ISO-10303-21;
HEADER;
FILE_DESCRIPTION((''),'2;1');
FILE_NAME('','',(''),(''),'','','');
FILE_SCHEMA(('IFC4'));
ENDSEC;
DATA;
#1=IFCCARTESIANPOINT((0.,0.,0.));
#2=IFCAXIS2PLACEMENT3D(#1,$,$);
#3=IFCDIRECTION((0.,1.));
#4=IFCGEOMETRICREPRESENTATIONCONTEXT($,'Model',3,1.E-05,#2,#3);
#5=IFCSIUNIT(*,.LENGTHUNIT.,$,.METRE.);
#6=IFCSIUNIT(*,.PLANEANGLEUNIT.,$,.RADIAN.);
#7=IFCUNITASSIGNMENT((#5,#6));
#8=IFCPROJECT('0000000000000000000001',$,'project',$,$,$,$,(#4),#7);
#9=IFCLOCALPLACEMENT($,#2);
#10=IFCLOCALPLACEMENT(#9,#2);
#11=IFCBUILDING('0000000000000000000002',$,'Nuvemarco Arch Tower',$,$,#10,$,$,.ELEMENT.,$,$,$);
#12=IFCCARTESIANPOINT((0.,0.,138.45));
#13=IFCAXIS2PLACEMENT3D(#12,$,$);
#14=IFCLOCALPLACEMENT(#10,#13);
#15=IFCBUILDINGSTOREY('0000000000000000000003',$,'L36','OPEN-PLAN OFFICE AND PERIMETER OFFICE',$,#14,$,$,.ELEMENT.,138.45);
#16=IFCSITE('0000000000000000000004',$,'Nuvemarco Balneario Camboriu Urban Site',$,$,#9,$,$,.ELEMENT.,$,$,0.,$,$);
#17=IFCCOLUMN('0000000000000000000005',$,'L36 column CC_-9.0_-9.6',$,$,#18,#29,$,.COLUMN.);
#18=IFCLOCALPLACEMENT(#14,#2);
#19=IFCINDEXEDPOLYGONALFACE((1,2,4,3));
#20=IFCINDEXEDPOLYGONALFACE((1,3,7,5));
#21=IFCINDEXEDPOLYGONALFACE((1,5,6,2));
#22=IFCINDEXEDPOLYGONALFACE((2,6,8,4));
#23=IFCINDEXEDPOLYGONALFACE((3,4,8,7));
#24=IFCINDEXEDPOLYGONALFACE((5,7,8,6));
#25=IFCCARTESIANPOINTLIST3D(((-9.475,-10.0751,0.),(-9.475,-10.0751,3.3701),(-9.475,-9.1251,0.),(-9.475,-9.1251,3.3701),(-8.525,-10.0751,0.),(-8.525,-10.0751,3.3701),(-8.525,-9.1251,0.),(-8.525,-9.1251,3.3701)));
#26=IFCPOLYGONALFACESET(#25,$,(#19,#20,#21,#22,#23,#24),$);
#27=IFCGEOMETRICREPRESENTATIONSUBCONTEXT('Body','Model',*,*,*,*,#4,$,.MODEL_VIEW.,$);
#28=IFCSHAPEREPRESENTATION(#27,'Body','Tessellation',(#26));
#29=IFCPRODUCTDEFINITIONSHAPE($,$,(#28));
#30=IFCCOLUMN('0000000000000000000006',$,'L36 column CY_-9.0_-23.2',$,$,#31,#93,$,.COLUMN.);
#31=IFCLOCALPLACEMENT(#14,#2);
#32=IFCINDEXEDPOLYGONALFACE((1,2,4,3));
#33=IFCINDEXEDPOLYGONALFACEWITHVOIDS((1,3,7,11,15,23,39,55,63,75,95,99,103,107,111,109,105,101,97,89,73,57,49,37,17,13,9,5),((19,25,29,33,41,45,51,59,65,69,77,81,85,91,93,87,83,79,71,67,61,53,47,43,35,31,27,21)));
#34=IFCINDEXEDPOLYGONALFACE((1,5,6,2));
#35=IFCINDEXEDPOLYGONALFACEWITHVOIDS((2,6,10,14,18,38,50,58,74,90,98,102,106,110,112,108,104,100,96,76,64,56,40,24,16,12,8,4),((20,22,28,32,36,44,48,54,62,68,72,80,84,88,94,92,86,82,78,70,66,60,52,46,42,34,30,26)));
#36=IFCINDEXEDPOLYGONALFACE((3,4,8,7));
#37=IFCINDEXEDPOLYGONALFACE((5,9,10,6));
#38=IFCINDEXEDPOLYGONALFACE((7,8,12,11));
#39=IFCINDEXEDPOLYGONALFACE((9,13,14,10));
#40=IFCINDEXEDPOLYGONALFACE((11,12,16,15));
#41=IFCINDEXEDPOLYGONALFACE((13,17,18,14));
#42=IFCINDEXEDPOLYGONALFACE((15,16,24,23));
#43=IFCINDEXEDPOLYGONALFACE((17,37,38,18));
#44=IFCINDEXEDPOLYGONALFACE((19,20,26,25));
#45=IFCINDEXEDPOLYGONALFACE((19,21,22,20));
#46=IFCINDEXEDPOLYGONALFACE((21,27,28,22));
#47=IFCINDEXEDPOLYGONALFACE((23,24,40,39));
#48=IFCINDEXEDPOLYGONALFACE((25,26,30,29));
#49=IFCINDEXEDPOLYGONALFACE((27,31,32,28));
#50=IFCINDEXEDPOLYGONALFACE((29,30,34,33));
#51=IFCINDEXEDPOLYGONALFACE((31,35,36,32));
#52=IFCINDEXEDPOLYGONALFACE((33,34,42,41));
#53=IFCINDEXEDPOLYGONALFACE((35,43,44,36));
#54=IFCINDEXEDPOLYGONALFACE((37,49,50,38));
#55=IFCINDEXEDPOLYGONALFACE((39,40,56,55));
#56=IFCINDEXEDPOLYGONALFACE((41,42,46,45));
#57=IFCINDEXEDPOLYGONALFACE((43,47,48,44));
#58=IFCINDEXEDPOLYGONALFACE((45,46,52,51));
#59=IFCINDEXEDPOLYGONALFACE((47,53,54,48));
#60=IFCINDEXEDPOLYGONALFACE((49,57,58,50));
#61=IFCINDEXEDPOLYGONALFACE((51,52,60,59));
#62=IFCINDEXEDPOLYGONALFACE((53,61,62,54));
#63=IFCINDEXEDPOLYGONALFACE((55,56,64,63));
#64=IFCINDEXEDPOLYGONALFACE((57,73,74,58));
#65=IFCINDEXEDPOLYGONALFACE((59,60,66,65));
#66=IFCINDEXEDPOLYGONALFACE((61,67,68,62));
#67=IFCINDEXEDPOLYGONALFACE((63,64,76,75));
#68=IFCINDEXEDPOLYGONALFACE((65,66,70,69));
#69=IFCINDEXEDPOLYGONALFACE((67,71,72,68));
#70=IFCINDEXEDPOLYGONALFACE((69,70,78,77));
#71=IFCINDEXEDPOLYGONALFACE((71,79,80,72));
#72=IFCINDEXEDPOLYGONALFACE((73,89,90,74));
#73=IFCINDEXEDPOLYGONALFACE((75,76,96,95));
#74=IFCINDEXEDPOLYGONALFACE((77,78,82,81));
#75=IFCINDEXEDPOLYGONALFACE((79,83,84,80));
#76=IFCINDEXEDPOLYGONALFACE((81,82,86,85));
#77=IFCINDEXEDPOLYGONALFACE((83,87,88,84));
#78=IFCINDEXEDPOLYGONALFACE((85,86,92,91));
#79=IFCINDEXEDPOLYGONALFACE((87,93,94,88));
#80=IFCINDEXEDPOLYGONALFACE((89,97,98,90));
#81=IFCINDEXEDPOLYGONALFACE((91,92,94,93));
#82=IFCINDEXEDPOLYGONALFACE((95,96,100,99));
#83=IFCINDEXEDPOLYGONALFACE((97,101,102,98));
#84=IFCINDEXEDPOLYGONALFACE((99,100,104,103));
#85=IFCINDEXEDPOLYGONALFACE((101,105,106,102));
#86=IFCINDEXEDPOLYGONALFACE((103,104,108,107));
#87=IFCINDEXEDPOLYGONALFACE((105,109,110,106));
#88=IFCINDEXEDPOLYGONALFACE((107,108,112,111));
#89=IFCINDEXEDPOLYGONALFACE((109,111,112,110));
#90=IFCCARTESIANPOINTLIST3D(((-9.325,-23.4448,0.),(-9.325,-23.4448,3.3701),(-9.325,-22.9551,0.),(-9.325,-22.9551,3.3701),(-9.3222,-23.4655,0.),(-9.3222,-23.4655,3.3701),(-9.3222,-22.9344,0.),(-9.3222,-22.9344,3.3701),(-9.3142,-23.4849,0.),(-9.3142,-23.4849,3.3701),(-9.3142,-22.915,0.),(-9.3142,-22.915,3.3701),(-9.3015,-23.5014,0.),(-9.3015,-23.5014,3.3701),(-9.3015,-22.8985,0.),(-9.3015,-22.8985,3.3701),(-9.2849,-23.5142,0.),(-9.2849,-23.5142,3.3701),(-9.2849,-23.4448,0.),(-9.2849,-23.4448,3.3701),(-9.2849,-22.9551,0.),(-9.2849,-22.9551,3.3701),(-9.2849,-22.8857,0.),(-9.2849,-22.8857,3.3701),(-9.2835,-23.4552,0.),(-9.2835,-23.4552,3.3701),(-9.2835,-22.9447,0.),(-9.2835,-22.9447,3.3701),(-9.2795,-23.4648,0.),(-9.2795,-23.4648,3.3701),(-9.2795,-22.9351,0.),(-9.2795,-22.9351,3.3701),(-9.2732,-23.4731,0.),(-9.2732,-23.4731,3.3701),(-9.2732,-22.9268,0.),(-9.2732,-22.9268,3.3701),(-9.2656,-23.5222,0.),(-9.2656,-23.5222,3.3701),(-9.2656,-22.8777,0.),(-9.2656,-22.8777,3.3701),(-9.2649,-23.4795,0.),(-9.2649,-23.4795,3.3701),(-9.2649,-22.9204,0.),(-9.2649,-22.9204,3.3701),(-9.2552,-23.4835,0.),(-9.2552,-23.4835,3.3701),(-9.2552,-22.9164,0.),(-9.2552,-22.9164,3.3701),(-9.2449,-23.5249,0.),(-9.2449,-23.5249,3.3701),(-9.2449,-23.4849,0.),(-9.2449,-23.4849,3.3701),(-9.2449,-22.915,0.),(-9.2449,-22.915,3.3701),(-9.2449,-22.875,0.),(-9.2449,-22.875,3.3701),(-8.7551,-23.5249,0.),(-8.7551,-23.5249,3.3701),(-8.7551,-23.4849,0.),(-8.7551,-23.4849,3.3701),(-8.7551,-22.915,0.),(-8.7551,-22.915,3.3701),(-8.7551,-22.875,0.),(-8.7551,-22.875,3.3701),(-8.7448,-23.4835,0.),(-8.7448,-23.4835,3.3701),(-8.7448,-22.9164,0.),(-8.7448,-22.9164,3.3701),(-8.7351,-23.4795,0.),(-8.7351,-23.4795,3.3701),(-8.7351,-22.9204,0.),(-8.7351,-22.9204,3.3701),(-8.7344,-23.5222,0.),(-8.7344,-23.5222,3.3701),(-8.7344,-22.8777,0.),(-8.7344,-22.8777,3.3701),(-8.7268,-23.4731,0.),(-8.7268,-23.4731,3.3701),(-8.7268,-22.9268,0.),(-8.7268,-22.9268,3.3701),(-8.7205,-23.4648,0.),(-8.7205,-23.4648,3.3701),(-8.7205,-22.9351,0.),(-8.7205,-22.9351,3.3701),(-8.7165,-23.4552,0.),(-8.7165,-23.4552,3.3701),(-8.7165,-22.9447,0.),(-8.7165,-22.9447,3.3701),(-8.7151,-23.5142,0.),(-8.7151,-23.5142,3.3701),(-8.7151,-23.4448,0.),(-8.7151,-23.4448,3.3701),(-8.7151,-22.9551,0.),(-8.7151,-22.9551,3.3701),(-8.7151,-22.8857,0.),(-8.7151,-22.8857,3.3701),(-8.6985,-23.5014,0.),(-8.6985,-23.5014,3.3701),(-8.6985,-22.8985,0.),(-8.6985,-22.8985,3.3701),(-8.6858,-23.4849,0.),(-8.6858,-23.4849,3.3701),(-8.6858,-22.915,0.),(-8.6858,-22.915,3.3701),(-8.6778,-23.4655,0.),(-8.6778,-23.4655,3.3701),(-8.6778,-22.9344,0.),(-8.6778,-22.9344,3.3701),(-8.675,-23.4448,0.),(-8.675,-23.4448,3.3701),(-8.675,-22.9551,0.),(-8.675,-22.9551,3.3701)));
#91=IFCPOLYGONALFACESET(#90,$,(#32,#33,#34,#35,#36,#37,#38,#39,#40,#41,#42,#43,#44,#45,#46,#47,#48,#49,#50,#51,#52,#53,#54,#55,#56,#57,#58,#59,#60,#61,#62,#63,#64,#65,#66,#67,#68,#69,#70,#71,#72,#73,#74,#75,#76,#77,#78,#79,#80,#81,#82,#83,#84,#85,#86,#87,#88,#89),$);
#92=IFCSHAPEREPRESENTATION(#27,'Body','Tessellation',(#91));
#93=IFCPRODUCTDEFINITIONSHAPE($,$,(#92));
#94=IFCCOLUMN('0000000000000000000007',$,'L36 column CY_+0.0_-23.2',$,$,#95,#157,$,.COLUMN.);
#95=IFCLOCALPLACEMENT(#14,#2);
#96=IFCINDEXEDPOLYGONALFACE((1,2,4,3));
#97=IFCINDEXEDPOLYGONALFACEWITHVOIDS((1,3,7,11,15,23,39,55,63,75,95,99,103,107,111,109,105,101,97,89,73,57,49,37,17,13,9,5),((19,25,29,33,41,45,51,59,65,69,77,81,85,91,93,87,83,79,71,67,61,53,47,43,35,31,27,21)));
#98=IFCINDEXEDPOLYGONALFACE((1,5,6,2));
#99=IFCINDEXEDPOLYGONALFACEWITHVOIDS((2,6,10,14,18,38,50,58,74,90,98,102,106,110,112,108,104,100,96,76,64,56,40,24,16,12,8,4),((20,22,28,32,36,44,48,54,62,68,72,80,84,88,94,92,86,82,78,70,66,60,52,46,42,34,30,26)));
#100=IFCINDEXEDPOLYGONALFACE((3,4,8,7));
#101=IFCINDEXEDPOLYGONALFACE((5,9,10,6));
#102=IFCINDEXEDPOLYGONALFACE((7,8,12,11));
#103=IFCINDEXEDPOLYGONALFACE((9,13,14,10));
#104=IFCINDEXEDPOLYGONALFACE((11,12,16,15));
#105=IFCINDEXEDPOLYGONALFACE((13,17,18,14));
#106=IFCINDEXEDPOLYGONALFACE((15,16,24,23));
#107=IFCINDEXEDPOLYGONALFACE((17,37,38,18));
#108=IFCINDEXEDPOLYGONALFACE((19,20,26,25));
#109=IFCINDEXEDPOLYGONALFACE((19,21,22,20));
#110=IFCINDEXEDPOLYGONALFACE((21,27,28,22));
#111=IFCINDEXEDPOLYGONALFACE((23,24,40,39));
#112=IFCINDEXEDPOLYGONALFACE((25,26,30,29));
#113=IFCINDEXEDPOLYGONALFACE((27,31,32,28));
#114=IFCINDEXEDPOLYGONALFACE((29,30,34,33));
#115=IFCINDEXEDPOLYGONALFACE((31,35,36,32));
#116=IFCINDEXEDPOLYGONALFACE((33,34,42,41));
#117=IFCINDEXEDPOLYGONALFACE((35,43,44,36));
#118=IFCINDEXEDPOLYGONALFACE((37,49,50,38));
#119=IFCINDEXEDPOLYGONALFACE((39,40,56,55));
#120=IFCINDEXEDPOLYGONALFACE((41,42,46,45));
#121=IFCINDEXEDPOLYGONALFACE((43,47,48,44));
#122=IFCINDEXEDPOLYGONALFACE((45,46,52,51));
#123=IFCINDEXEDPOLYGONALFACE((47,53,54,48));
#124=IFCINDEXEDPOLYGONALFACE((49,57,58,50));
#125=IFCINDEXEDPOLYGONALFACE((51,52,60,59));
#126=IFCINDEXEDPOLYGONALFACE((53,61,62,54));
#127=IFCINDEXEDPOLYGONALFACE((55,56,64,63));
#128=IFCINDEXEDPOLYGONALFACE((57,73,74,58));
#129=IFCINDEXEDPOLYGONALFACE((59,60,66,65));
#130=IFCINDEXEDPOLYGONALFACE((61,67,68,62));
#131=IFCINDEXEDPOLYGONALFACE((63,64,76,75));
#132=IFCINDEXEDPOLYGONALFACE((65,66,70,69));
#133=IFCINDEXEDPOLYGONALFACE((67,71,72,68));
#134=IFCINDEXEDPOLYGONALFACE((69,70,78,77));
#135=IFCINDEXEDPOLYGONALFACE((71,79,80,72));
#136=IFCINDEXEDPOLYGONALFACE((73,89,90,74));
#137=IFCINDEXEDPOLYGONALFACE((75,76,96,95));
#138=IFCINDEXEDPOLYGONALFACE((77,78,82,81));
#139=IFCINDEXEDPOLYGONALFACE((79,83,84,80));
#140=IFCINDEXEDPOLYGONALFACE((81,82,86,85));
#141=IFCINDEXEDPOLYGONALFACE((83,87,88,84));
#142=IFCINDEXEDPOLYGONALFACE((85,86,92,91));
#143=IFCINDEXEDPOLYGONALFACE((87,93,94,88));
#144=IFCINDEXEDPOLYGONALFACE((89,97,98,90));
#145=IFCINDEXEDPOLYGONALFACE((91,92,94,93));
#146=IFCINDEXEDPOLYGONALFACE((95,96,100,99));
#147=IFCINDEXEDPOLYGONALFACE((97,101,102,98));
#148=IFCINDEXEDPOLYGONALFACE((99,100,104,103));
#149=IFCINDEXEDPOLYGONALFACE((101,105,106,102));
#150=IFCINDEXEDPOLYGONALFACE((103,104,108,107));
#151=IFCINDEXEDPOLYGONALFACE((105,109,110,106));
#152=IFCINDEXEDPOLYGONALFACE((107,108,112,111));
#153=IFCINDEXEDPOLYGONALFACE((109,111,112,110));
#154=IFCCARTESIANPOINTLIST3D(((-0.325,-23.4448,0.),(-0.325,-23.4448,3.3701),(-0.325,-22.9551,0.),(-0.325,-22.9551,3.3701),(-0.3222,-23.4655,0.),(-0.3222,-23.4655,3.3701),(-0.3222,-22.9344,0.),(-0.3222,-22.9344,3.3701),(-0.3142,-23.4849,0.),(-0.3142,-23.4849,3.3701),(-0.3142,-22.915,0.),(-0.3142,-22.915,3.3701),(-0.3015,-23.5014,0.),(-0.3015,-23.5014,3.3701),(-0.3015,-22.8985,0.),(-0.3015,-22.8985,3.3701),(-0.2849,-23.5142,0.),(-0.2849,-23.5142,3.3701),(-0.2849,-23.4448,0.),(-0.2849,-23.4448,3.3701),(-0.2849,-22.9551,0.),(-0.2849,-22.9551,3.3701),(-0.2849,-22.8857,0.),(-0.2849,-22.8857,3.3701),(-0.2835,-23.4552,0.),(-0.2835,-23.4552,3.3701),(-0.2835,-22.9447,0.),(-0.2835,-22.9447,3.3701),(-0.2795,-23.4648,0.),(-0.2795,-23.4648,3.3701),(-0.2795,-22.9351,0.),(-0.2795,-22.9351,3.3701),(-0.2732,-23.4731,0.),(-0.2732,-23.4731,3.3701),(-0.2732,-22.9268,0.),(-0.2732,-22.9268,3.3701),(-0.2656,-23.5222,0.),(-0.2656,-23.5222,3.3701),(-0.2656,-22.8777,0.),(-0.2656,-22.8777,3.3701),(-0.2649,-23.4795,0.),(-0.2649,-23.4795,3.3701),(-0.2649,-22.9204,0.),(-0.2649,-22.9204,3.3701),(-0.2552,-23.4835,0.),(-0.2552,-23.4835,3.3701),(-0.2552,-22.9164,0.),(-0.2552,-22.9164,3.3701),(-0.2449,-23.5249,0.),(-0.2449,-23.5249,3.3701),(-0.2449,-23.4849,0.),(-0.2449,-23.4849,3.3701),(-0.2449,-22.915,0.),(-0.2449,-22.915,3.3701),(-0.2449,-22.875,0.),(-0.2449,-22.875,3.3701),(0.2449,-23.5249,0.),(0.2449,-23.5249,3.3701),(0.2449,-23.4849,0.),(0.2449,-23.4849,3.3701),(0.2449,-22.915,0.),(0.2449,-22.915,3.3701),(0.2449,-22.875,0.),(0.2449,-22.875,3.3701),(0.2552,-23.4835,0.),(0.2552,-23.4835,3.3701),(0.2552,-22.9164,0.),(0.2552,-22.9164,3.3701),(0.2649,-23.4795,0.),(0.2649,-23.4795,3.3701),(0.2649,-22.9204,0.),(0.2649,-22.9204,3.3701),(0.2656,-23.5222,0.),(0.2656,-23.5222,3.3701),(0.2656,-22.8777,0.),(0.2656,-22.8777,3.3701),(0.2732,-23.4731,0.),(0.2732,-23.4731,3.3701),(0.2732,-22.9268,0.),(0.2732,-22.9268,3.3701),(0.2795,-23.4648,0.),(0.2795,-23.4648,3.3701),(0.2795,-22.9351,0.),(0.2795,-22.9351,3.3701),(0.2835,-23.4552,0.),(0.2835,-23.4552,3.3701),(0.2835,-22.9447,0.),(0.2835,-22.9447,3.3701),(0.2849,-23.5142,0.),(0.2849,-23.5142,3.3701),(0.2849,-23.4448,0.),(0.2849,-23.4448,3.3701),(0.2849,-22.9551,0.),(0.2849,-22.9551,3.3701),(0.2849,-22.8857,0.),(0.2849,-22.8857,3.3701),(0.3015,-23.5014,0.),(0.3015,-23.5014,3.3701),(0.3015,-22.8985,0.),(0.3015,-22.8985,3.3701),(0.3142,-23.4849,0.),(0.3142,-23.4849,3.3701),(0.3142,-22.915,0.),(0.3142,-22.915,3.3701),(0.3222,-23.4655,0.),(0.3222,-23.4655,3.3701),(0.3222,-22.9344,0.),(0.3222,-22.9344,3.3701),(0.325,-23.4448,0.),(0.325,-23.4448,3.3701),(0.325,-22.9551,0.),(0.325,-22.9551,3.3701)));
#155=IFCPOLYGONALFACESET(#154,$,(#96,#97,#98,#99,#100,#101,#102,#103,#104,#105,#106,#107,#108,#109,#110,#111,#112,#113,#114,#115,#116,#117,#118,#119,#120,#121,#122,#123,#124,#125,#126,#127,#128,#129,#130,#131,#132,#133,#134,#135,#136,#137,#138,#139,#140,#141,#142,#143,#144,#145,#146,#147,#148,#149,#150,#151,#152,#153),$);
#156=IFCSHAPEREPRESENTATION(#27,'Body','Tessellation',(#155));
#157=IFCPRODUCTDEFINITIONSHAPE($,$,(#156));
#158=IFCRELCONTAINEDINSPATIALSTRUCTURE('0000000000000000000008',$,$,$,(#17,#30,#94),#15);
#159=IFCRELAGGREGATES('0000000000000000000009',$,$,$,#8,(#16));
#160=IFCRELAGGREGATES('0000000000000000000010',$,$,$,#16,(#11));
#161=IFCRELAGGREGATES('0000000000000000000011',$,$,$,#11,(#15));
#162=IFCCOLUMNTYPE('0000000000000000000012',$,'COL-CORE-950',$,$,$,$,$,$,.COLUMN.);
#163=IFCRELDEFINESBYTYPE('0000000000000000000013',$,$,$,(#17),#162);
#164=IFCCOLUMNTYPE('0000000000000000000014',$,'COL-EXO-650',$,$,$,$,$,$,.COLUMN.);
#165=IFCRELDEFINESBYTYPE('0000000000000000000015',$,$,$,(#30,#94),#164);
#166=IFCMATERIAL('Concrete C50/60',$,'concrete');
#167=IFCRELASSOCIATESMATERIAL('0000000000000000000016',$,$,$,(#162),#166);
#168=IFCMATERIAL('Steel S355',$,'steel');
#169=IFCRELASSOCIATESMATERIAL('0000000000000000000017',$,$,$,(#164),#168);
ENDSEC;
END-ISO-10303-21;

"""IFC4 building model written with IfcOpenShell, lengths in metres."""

from ifc_helpers import new_model, si_unit, direction, frame, origin, origin_2d, place, context, subcontext, project, spatial, rectangle, hollow_rectangle, extrude, material, material_profile, profile_set, type_object, element, save


model = new_model("IFC4")

# Units and contexts
model_context = context("Model", 3, precision=1e-05, world=origin(), true_north=direction((0.0, 1.0)))
body_context = subcontext(model_context, "Body", "Model", "MODEL_VIEW")
ifc_project = project(units=[si_unit("LENGTHUNIT", "METRE"), si_unit("PLANEANGLEUNIT", "RADIAN")], contexts=[model_context])

# Site, building, storey
site_placement = place(None, origin())
site = spatial("IfcSite", under=ifc_project, at=site_placement, Name="Nuvemarco Balneario Camboriu Urban Site", CompositionType="ELEMENT", RefElevation=0.0)
building_placement = place(site_placement, origin())
building = spatial("IfcBuilding", under=site, at=building_placement, Name="Nuvemarco Arch Tower", CompositionType="ELEMENT")
storey_placement = place(building_placement, frame((0.0, 0.0, 138.45)))
storey = spatial("IfcBuildingStorey", under=building, at=storey_placement, Name="L36", Description="OPEN-PLAN OFFICE AND PERIMETER OFFICE", CompositionType="ELEMENT", Elevation=138.45)

# Columns
ifc_material_1 = material(Name="Concrete C50/60", Category="concrete")
ifc_material_profile_1 = material_profile(ifc_material_1, rectangle(XDim=0.95, YDim=0.95, at=origin_2d()), Name="RC-COL-950x950")
ifc_profile_set_1 = profile_set([ifc_material_profile_1], Name="Concrete C50/60")
column_type_1 = type_object("IfcColumnType", Name="COL-CORE-950", PredefinedType="COLUMN", material=ifc_profile_set_1)
column_placement = place(storey_placement, frame((-9.0, -9.6001, 0.0), z_axis=(0.0, 0.0, 1.0), x_axis=(1.0, 0.0, 0.0)))
element("IfcColumn", 1, at=column_placement, inside=storey, type_object=column_type_1, Name="L36 column CC_-9.0_-9.6", PredefinedType="COLUMN", context=body_context, shape_type="SweptSolid", body=[
    extrude(rectangle(XDim=0.95, YDim=0.95, at=origin_2d()), origin(), (0.0, 0.0, 1.0), 3.3701),
])
ifc_material_2 = material(Name="Steel S355", Category="steel")
ifc_material_profile_2 = material_profile(ifc_material_2, hollow_rectangle(XDim=0.6499, YDim=0.6499, WallThickness=0.04, InnerFilletRadius=0.04, OuterFilletRadius=0.0801, at=origin_2d()), Name="SHS650x650x40")
ifc_profile_set_2 = profile_set([ifc_material_profile_2], Name="Steel S355")
column_type_2 = type_object("IfcColumnType", Name="COL-EXO-650", PredefinedType="COLUMN", material=ifc_profile_set_2)
for number, where, z_axis, x_axis, name in (
    (2, (-9.0, -23.2, 0.0), (0.0, 0.0, 1.0), (1.0, 0.0, 0.0), "L36 column CY_-9.0_-23.2"),
    (3, (0.0, -23.2, 0.0), (0.0, 0.0, 1.0), (1.0, 0.0, 0.0), "L36 column CY_+0.0_-23.2"),
):
    element("IfcColumn", number, at=place(storey_placement, frame(where, z_axis=z_axis, x_axis=x_axis)), inside=storey, type_object=column_type_2, Name=name, PredefinedType="COLUMN", context=body_context, shape_type="SweptSolid", body=[
        extrude(hollow_rectangle(XDim=0.6499, YDim=0.6499, WallThickness=0.04, InnerFilletRadius=0.04, OuterFilletRadius=0.0801, at=origin_2d()), origin(), (0.0, 0.0, 1.0), 3.3701),
    ])

save(model, "model.ifc")
